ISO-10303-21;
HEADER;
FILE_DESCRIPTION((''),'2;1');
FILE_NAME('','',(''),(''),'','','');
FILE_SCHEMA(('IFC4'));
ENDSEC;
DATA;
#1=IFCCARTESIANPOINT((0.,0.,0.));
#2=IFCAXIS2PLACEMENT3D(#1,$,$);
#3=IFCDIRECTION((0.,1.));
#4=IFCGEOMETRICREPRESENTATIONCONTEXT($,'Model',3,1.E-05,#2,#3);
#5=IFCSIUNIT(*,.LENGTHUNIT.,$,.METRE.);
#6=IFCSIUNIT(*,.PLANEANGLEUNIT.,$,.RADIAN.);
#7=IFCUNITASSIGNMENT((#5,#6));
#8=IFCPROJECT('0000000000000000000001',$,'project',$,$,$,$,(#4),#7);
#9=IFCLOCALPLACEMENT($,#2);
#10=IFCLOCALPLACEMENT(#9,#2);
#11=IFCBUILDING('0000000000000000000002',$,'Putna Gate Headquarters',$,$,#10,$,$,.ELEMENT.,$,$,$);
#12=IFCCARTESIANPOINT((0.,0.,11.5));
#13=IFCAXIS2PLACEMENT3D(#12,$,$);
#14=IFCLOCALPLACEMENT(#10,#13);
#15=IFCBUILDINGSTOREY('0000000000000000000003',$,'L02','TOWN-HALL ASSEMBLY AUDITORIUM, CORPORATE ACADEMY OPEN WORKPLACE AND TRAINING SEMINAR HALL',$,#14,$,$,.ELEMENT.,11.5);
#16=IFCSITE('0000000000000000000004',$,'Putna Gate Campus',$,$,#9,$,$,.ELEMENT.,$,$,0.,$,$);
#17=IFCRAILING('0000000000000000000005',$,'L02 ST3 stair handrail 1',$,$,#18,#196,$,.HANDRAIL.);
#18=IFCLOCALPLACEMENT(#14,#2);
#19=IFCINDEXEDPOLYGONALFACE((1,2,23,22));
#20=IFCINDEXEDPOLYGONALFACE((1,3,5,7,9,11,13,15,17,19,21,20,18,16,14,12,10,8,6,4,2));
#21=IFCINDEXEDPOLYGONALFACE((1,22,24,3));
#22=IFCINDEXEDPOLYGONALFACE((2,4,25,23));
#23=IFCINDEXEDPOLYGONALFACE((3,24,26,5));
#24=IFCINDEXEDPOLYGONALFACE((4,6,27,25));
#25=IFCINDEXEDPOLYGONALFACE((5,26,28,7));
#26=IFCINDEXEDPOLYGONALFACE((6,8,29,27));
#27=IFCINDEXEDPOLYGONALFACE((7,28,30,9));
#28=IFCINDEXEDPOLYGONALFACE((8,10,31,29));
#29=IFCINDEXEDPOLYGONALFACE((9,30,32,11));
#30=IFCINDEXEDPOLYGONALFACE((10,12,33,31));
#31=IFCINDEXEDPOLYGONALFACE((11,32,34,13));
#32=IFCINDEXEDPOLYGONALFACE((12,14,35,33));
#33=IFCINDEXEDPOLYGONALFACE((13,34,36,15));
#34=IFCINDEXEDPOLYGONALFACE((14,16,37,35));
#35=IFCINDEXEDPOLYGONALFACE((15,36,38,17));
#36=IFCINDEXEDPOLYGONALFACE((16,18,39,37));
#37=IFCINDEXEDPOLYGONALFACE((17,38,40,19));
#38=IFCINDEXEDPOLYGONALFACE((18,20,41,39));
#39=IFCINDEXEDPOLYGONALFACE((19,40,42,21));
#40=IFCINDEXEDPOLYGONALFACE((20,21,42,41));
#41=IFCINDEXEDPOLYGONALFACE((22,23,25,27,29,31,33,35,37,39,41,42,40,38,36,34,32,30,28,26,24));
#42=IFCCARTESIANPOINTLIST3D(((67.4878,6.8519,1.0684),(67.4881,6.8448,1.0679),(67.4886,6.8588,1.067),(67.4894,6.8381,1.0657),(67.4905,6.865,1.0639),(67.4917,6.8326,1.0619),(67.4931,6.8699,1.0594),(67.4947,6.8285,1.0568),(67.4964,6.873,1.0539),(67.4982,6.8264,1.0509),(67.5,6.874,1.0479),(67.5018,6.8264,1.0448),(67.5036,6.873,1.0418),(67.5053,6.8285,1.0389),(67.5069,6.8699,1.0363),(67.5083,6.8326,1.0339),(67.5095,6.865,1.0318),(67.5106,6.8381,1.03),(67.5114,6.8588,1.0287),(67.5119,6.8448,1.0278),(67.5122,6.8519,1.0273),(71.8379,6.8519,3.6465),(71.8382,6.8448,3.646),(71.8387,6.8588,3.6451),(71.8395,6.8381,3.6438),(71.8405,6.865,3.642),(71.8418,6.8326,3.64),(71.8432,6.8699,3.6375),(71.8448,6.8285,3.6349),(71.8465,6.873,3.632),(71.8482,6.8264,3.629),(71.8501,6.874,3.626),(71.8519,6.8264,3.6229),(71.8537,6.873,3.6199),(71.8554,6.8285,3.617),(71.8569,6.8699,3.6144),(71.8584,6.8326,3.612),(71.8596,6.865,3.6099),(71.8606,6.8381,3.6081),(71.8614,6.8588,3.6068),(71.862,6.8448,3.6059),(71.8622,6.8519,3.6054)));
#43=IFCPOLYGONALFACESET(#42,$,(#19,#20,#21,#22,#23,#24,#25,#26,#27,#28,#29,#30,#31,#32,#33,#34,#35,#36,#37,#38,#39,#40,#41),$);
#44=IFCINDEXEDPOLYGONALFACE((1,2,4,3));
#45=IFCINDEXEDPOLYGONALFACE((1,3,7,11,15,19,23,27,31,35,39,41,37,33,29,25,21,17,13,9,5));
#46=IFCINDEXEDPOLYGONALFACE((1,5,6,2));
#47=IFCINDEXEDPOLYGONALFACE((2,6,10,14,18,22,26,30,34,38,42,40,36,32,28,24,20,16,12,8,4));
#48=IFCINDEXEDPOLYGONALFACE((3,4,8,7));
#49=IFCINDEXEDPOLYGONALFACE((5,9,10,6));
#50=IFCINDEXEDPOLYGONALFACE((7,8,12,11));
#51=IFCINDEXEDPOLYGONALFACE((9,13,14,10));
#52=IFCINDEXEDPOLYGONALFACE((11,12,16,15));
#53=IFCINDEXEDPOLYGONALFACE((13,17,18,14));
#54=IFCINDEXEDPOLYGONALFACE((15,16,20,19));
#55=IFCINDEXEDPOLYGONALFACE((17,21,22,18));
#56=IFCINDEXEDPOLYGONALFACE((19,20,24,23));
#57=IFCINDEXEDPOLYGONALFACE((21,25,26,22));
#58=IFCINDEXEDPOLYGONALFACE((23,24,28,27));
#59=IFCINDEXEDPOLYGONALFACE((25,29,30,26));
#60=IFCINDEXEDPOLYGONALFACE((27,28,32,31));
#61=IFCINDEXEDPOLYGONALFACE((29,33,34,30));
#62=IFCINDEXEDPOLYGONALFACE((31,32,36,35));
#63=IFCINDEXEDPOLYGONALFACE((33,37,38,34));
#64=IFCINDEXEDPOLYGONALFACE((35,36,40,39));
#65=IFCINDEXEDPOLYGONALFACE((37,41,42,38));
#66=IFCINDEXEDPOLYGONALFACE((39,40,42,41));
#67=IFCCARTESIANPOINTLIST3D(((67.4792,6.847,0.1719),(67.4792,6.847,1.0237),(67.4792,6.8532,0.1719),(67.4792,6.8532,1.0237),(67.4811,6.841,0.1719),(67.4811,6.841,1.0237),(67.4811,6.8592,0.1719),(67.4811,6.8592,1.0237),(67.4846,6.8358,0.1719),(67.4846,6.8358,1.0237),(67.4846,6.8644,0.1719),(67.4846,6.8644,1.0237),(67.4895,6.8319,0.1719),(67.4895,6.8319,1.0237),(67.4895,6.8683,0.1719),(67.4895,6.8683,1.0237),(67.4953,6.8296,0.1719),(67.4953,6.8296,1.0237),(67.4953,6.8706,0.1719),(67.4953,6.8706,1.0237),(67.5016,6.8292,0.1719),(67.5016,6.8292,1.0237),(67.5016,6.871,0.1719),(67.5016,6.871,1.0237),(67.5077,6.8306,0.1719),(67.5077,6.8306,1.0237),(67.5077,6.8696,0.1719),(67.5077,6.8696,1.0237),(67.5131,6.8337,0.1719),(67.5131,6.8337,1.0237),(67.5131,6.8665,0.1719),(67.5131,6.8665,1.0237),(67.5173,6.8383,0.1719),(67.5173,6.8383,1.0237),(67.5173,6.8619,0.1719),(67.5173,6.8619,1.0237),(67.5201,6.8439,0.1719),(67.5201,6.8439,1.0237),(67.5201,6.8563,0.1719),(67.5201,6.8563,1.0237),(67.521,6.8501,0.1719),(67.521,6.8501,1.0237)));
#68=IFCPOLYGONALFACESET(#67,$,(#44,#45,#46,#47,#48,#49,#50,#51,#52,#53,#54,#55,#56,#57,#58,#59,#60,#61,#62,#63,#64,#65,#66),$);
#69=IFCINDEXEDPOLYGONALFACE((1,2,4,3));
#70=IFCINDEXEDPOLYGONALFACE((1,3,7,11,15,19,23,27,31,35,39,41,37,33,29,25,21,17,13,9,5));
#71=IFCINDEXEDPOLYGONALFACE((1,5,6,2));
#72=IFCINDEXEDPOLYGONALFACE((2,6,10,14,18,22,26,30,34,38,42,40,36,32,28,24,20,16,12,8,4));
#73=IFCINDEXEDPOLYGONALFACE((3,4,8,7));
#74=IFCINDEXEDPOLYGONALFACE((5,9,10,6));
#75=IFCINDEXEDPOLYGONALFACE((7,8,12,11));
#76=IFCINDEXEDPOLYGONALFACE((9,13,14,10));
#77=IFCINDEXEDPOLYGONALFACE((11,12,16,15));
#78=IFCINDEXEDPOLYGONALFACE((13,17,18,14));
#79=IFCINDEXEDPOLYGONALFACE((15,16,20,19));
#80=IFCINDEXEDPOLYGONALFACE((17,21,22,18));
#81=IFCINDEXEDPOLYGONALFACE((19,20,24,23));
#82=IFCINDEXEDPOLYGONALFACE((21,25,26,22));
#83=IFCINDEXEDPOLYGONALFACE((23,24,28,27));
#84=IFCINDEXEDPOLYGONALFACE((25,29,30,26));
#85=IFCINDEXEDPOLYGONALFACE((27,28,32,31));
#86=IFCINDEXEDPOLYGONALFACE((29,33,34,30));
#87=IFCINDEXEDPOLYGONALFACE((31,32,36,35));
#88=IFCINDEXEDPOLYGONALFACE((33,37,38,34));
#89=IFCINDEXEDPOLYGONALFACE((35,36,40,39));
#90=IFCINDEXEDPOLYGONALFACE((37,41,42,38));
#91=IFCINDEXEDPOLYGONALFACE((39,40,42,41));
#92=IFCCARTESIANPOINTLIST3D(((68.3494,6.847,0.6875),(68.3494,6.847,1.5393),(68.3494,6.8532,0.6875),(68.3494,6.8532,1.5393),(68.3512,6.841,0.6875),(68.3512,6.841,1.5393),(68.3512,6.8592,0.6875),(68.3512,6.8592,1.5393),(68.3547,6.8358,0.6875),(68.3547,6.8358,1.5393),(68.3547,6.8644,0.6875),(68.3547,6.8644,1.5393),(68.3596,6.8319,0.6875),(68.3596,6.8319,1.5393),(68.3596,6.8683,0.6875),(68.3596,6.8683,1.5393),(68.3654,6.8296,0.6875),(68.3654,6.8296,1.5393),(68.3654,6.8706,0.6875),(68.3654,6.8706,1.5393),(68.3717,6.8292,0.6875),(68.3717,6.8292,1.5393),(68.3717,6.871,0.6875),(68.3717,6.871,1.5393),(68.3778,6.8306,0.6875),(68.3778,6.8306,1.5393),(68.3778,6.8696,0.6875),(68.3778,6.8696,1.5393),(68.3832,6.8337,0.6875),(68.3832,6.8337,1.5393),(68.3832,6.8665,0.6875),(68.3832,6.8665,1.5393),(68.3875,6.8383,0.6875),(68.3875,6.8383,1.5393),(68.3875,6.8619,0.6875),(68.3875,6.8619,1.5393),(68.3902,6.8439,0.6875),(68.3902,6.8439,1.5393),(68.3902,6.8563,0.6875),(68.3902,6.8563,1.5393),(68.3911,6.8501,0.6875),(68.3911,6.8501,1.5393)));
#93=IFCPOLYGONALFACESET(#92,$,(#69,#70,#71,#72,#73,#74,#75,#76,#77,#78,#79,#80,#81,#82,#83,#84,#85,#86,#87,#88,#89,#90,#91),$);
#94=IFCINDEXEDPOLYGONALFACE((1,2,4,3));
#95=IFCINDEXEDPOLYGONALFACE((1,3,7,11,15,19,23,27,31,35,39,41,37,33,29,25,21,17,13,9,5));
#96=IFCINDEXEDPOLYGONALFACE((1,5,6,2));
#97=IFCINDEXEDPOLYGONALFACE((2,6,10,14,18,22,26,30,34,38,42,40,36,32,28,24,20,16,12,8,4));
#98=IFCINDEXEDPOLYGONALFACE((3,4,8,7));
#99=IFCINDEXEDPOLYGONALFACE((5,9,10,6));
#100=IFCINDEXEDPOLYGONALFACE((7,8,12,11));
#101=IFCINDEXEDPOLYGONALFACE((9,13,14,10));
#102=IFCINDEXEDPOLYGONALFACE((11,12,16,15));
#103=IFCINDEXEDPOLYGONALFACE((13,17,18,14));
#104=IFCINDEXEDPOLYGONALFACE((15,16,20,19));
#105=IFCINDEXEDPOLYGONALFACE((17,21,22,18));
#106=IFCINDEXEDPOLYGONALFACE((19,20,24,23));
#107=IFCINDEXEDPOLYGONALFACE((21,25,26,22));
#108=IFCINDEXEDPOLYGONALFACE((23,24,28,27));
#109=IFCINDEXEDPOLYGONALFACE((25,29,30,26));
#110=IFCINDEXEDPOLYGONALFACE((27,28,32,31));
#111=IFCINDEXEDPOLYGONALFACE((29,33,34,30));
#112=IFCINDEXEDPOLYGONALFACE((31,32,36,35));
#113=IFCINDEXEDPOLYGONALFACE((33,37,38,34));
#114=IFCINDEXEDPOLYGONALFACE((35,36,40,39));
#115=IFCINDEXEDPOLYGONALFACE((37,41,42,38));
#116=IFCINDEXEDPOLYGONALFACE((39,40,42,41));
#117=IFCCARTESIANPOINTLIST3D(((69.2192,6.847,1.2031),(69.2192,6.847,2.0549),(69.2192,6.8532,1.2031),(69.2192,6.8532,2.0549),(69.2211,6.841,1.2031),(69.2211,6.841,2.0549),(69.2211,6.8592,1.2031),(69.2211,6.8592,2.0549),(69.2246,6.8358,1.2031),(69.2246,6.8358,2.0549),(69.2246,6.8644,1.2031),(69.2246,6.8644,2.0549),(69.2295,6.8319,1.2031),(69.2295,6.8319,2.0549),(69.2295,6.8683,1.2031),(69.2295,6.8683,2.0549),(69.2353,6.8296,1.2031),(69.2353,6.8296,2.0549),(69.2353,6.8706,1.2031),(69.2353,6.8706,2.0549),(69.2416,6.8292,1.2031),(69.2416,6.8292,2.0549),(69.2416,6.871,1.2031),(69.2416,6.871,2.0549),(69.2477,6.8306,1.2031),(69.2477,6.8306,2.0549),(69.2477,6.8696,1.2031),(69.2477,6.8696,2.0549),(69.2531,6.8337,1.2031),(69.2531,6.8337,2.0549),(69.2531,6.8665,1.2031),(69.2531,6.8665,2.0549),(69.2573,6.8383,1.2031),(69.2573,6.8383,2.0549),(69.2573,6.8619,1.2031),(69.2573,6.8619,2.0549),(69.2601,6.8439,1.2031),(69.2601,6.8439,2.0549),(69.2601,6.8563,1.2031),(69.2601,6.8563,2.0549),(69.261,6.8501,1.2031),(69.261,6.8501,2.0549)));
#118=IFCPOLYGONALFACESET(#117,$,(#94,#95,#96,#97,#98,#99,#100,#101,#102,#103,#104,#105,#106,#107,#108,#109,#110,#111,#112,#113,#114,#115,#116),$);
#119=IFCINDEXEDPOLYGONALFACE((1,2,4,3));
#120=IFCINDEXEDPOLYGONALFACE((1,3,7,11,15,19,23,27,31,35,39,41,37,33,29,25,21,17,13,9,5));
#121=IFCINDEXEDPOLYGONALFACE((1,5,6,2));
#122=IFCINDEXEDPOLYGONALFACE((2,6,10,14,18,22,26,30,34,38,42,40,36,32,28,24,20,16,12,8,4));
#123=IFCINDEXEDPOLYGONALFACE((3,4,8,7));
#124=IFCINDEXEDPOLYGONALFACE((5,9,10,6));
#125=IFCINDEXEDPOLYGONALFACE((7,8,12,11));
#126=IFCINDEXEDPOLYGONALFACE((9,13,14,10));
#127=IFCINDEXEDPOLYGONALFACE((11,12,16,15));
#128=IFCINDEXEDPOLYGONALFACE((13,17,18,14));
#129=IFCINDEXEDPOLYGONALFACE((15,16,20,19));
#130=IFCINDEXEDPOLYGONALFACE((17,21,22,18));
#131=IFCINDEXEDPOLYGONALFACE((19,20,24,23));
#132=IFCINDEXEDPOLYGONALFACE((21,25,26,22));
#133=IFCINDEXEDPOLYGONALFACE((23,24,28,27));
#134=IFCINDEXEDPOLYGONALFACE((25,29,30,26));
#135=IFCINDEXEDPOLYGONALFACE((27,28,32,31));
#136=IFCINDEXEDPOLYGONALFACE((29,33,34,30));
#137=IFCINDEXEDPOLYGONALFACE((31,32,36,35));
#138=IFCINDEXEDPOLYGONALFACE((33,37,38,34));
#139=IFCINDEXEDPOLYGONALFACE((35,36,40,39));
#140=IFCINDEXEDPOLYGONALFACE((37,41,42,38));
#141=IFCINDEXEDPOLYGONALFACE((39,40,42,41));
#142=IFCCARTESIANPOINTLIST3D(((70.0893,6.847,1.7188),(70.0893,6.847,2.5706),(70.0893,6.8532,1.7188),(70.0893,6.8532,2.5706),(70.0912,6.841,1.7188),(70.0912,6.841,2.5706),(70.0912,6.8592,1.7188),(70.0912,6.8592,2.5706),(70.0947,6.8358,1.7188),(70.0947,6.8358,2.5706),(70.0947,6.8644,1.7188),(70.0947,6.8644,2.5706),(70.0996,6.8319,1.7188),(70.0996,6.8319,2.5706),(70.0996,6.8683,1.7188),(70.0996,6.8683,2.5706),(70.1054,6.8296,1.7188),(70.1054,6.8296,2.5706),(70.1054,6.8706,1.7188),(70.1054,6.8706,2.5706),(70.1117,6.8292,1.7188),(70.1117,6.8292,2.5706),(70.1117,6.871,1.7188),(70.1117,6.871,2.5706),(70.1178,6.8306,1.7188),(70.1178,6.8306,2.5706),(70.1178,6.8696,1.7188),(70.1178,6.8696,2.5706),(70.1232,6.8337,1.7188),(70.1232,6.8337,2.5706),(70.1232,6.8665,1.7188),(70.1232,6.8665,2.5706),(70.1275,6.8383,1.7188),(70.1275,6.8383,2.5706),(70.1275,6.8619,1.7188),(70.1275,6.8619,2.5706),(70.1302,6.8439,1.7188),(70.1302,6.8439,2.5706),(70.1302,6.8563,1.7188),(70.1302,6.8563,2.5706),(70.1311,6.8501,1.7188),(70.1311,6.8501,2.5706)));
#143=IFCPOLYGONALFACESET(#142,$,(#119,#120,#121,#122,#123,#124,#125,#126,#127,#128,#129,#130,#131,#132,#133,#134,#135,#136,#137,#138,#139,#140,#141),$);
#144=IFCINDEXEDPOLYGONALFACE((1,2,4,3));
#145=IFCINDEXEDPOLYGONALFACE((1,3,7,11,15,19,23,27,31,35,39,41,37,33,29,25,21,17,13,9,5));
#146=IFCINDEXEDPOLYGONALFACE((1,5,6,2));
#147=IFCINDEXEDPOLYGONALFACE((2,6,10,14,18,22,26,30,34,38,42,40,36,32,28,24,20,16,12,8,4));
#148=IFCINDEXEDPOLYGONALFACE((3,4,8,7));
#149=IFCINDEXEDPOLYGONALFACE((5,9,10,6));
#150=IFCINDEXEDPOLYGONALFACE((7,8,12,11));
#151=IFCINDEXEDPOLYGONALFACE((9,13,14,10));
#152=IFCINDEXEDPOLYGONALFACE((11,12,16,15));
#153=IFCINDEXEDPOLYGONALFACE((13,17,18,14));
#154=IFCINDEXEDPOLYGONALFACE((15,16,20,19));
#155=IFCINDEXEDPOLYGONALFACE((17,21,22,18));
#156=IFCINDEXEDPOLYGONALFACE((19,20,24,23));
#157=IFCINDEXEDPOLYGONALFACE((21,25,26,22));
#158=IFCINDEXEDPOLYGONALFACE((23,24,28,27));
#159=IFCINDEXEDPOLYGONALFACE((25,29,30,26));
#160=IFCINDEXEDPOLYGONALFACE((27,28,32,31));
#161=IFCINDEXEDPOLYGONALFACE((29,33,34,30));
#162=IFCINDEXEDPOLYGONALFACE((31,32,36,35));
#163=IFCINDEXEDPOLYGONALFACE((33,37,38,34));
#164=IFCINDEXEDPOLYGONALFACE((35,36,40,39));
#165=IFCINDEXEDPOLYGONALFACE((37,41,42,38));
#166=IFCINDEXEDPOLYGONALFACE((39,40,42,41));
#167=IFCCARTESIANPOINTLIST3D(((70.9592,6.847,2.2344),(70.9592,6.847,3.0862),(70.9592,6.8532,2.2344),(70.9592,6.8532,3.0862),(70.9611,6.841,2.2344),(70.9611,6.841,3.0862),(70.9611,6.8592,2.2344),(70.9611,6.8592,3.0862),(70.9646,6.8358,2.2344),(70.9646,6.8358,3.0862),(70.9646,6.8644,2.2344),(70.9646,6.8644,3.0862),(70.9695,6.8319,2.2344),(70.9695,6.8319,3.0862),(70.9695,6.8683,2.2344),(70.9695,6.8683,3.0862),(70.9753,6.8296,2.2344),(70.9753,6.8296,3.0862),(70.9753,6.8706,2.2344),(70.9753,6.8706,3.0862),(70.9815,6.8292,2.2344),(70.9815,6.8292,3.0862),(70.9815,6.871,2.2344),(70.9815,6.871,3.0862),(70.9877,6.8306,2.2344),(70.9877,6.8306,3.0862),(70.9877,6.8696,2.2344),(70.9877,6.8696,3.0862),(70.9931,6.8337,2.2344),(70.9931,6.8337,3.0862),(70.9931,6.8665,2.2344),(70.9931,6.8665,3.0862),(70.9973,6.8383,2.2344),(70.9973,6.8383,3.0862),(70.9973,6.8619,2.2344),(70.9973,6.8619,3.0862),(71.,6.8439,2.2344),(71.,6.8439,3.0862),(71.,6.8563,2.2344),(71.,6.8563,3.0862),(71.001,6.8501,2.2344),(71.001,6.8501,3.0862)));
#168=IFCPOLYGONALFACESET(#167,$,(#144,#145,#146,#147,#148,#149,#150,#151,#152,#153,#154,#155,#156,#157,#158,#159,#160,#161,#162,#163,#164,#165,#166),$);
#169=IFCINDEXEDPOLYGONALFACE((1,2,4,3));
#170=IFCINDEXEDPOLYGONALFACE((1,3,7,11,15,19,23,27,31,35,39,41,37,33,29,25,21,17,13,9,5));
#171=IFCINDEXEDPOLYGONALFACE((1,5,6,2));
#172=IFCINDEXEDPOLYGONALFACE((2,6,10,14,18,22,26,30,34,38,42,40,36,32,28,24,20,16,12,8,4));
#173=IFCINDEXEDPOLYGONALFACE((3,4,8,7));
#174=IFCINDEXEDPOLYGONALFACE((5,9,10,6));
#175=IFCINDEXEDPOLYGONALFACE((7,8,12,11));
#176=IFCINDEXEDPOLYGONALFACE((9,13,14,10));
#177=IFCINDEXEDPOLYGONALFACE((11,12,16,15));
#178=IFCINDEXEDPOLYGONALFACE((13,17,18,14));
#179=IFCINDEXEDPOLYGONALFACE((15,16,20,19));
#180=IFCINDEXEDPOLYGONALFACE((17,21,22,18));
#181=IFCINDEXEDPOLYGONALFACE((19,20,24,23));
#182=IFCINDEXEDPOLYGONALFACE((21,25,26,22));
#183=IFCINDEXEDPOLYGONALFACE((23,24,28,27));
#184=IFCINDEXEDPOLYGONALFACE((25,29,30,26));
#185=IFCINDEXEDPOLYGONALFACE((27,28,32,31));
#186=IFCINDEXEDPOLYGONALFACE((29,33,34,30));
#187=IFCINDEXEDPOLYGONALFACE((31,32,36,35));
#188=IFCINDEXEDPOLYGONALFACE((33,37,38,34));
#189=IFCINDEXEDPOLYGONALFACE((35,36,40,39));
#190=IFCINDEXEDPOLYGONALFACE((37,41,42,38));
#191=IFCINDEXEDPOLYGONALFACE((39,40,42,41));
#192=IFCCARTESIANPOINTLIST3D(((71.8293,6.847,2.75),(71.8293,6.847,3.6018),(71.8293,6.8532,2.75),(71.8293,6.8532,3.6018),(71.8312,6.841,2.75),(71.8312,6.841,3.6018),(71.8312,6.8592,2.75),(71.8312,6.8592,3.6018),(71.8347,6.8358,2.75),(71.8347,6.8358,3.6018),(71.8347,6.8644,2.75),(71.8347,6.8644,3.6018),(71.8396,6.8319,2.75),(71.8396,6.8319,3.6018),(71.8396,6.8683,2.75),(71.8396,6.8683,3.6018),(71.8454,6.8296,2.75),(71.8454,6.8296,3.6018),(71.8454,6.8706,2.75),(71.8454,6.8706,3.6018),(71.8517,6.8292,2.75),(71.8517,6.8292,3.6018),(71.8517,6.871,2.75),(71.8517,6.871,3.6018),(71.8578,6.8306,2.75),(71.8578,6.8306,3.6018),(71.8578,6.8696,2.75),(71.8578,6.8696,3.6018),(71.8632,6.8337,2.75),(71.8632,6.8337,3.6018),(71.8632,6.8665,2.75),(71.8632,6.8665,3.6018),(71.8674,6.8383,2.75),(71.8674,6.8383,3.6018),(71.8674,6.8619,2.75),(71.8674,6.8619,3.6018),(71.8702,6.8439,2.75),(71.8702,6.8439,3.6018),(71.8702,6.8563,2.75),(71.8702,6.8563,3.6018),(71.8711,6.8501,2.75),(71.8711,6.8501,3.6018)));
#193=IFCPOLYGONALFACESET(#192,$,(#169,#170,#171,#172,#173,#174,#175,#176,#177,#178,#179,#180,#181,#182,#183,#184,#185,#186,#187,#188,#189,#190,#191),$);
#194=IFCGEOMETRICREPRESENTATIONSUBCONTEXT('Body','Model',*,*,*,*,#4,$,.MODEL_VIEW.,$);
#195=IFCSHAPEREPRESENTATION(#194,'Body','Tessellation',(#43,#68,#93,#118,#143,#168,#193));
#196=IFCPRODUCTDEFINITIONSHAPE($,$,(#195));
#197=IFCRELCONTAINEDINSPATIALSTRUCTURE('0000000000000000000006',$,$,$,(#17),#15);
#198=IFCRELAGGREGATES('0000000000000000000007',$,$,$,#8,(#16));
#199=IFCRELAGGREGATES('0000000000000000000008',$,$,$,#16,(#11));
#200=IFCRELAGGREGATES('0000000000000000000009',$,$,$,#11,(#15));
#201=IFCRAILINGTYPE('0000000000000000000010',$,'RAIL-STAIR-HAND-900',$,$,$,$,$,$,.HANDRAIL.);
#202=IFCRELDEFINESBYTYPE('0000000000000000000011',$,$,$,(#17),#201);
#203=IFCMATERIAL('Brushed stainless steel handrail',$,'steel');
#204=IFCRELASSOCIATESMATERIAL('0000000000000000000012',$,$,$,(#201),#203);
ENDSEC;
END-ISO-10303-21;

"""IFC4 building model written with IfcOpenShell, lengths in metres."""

from ifc_helpers import new_model, si_unit, direction, frame, origin, origin_2d, place, context, subcontext, project, spatial, circle, extrude, material, type_object, element, save


model = new_model("IFC4")

# Units and contexts
model_context = context("Model", 3, precision=1e-05, world=origin(), true_north=direction((0.0, 1.0)))
body_context = subcontext(model_context, "Body", "Model", "MODEL_VIEW")
ifc_project = project(units=[si_unit("LENGTHUNIT", "METRE"), si_unit("PLANEANGLEUNIT", "RADIAN")], contexts=[model_context])

# Site, building, storey
site_placement = place(None, origin())
site = spatial("IfcSite", under=ifc_project, at=site_placement, Name="Putna Gate Campus", CompositionType="ELEMENT", RefElevation=0.0)
building_placement = place(site_placement, origin())
building = spatial("IfcBuilding", under=site, at=building_placement, Name="Putna Gate Headquarters", CompositionType="ELEMENT")
storey_placement = place(building_placement, frame((0.0, 0.0, 11.5)))
storey = spatial("IfcBuildingStorey", under=building, at=storey_placement, Name="L02", Description="TOWN-HALL ASSEMBLY AUDITORIUM, CORPORATE ACADEMY OPEN WORKPLACE AND TRAINING SEMINAR HALL", CompositionType="ELEMENT", Elevation=11.5)

# Railing
ifc_material_1 = material(Name="Brushed stainless steel handrail", Category="steel")
railing_type_1 = type_object("IfcRailingType", Name="RAIL-STAIR-HAND-900", PredefinedType="HANDRAIL", material=ifc_material_1)
railing_1_placement = place(storey_placement, frame((67.5, 6.8501, 0.1719)))
element("IfcRailing", 1, at=railing_1_placement, inside=storey, type_object=railing_type_1, Name="L02 ST3 stair handrail 1", PredefinedType="HANDRAIL", context=body_context, shape_type="SweptSolid", body=[
    extrude(circle(Radius=0.0239, at=origin_2d()), frame((0.0, 0.0, 0.876), z_axis=(0.860266, 0.0, 0.509845), x_axis=(0.0, 1.0, 0.0)), (0.0, 0.0, 1.0), 5.0566),
    extrude(circle(Radius=0.021, at=origin_2d()), origin(), (0.0, 0.0, 1.0), 0.8518),
    extrude(circle(Radius=0.021, at=origin_2d()), frame((0.8701, 0.0, 0.5156)), (0.0, 0.0, 1.0), 0.8518),
    extrude(circle(Radius=0.021, at=origin_2d()), frame((1.74, 0.0, 1.0312)), (0.0, 0.0, 1.0), 0.8518),
    extrude(circle(Radius=0.021, at=origin_2d()), frame((2.6101, 0.0, 1.5469)), (0.0, 0.0, 1.0), 0.8518),
    extrude(circle(Radius=0.021, at=origin_2d()), frame((3.48, 0.0, 2.0625)), (0.0, 0.0, 1.0), 0.8518),
    extrude(circle(Radius=0.021, at=origin_2d()), frame((4.3501, 0.0, 2.5781)), (0.0, 0.0, 1.0), 0.8518),
])

save(model, "model.ifc")
